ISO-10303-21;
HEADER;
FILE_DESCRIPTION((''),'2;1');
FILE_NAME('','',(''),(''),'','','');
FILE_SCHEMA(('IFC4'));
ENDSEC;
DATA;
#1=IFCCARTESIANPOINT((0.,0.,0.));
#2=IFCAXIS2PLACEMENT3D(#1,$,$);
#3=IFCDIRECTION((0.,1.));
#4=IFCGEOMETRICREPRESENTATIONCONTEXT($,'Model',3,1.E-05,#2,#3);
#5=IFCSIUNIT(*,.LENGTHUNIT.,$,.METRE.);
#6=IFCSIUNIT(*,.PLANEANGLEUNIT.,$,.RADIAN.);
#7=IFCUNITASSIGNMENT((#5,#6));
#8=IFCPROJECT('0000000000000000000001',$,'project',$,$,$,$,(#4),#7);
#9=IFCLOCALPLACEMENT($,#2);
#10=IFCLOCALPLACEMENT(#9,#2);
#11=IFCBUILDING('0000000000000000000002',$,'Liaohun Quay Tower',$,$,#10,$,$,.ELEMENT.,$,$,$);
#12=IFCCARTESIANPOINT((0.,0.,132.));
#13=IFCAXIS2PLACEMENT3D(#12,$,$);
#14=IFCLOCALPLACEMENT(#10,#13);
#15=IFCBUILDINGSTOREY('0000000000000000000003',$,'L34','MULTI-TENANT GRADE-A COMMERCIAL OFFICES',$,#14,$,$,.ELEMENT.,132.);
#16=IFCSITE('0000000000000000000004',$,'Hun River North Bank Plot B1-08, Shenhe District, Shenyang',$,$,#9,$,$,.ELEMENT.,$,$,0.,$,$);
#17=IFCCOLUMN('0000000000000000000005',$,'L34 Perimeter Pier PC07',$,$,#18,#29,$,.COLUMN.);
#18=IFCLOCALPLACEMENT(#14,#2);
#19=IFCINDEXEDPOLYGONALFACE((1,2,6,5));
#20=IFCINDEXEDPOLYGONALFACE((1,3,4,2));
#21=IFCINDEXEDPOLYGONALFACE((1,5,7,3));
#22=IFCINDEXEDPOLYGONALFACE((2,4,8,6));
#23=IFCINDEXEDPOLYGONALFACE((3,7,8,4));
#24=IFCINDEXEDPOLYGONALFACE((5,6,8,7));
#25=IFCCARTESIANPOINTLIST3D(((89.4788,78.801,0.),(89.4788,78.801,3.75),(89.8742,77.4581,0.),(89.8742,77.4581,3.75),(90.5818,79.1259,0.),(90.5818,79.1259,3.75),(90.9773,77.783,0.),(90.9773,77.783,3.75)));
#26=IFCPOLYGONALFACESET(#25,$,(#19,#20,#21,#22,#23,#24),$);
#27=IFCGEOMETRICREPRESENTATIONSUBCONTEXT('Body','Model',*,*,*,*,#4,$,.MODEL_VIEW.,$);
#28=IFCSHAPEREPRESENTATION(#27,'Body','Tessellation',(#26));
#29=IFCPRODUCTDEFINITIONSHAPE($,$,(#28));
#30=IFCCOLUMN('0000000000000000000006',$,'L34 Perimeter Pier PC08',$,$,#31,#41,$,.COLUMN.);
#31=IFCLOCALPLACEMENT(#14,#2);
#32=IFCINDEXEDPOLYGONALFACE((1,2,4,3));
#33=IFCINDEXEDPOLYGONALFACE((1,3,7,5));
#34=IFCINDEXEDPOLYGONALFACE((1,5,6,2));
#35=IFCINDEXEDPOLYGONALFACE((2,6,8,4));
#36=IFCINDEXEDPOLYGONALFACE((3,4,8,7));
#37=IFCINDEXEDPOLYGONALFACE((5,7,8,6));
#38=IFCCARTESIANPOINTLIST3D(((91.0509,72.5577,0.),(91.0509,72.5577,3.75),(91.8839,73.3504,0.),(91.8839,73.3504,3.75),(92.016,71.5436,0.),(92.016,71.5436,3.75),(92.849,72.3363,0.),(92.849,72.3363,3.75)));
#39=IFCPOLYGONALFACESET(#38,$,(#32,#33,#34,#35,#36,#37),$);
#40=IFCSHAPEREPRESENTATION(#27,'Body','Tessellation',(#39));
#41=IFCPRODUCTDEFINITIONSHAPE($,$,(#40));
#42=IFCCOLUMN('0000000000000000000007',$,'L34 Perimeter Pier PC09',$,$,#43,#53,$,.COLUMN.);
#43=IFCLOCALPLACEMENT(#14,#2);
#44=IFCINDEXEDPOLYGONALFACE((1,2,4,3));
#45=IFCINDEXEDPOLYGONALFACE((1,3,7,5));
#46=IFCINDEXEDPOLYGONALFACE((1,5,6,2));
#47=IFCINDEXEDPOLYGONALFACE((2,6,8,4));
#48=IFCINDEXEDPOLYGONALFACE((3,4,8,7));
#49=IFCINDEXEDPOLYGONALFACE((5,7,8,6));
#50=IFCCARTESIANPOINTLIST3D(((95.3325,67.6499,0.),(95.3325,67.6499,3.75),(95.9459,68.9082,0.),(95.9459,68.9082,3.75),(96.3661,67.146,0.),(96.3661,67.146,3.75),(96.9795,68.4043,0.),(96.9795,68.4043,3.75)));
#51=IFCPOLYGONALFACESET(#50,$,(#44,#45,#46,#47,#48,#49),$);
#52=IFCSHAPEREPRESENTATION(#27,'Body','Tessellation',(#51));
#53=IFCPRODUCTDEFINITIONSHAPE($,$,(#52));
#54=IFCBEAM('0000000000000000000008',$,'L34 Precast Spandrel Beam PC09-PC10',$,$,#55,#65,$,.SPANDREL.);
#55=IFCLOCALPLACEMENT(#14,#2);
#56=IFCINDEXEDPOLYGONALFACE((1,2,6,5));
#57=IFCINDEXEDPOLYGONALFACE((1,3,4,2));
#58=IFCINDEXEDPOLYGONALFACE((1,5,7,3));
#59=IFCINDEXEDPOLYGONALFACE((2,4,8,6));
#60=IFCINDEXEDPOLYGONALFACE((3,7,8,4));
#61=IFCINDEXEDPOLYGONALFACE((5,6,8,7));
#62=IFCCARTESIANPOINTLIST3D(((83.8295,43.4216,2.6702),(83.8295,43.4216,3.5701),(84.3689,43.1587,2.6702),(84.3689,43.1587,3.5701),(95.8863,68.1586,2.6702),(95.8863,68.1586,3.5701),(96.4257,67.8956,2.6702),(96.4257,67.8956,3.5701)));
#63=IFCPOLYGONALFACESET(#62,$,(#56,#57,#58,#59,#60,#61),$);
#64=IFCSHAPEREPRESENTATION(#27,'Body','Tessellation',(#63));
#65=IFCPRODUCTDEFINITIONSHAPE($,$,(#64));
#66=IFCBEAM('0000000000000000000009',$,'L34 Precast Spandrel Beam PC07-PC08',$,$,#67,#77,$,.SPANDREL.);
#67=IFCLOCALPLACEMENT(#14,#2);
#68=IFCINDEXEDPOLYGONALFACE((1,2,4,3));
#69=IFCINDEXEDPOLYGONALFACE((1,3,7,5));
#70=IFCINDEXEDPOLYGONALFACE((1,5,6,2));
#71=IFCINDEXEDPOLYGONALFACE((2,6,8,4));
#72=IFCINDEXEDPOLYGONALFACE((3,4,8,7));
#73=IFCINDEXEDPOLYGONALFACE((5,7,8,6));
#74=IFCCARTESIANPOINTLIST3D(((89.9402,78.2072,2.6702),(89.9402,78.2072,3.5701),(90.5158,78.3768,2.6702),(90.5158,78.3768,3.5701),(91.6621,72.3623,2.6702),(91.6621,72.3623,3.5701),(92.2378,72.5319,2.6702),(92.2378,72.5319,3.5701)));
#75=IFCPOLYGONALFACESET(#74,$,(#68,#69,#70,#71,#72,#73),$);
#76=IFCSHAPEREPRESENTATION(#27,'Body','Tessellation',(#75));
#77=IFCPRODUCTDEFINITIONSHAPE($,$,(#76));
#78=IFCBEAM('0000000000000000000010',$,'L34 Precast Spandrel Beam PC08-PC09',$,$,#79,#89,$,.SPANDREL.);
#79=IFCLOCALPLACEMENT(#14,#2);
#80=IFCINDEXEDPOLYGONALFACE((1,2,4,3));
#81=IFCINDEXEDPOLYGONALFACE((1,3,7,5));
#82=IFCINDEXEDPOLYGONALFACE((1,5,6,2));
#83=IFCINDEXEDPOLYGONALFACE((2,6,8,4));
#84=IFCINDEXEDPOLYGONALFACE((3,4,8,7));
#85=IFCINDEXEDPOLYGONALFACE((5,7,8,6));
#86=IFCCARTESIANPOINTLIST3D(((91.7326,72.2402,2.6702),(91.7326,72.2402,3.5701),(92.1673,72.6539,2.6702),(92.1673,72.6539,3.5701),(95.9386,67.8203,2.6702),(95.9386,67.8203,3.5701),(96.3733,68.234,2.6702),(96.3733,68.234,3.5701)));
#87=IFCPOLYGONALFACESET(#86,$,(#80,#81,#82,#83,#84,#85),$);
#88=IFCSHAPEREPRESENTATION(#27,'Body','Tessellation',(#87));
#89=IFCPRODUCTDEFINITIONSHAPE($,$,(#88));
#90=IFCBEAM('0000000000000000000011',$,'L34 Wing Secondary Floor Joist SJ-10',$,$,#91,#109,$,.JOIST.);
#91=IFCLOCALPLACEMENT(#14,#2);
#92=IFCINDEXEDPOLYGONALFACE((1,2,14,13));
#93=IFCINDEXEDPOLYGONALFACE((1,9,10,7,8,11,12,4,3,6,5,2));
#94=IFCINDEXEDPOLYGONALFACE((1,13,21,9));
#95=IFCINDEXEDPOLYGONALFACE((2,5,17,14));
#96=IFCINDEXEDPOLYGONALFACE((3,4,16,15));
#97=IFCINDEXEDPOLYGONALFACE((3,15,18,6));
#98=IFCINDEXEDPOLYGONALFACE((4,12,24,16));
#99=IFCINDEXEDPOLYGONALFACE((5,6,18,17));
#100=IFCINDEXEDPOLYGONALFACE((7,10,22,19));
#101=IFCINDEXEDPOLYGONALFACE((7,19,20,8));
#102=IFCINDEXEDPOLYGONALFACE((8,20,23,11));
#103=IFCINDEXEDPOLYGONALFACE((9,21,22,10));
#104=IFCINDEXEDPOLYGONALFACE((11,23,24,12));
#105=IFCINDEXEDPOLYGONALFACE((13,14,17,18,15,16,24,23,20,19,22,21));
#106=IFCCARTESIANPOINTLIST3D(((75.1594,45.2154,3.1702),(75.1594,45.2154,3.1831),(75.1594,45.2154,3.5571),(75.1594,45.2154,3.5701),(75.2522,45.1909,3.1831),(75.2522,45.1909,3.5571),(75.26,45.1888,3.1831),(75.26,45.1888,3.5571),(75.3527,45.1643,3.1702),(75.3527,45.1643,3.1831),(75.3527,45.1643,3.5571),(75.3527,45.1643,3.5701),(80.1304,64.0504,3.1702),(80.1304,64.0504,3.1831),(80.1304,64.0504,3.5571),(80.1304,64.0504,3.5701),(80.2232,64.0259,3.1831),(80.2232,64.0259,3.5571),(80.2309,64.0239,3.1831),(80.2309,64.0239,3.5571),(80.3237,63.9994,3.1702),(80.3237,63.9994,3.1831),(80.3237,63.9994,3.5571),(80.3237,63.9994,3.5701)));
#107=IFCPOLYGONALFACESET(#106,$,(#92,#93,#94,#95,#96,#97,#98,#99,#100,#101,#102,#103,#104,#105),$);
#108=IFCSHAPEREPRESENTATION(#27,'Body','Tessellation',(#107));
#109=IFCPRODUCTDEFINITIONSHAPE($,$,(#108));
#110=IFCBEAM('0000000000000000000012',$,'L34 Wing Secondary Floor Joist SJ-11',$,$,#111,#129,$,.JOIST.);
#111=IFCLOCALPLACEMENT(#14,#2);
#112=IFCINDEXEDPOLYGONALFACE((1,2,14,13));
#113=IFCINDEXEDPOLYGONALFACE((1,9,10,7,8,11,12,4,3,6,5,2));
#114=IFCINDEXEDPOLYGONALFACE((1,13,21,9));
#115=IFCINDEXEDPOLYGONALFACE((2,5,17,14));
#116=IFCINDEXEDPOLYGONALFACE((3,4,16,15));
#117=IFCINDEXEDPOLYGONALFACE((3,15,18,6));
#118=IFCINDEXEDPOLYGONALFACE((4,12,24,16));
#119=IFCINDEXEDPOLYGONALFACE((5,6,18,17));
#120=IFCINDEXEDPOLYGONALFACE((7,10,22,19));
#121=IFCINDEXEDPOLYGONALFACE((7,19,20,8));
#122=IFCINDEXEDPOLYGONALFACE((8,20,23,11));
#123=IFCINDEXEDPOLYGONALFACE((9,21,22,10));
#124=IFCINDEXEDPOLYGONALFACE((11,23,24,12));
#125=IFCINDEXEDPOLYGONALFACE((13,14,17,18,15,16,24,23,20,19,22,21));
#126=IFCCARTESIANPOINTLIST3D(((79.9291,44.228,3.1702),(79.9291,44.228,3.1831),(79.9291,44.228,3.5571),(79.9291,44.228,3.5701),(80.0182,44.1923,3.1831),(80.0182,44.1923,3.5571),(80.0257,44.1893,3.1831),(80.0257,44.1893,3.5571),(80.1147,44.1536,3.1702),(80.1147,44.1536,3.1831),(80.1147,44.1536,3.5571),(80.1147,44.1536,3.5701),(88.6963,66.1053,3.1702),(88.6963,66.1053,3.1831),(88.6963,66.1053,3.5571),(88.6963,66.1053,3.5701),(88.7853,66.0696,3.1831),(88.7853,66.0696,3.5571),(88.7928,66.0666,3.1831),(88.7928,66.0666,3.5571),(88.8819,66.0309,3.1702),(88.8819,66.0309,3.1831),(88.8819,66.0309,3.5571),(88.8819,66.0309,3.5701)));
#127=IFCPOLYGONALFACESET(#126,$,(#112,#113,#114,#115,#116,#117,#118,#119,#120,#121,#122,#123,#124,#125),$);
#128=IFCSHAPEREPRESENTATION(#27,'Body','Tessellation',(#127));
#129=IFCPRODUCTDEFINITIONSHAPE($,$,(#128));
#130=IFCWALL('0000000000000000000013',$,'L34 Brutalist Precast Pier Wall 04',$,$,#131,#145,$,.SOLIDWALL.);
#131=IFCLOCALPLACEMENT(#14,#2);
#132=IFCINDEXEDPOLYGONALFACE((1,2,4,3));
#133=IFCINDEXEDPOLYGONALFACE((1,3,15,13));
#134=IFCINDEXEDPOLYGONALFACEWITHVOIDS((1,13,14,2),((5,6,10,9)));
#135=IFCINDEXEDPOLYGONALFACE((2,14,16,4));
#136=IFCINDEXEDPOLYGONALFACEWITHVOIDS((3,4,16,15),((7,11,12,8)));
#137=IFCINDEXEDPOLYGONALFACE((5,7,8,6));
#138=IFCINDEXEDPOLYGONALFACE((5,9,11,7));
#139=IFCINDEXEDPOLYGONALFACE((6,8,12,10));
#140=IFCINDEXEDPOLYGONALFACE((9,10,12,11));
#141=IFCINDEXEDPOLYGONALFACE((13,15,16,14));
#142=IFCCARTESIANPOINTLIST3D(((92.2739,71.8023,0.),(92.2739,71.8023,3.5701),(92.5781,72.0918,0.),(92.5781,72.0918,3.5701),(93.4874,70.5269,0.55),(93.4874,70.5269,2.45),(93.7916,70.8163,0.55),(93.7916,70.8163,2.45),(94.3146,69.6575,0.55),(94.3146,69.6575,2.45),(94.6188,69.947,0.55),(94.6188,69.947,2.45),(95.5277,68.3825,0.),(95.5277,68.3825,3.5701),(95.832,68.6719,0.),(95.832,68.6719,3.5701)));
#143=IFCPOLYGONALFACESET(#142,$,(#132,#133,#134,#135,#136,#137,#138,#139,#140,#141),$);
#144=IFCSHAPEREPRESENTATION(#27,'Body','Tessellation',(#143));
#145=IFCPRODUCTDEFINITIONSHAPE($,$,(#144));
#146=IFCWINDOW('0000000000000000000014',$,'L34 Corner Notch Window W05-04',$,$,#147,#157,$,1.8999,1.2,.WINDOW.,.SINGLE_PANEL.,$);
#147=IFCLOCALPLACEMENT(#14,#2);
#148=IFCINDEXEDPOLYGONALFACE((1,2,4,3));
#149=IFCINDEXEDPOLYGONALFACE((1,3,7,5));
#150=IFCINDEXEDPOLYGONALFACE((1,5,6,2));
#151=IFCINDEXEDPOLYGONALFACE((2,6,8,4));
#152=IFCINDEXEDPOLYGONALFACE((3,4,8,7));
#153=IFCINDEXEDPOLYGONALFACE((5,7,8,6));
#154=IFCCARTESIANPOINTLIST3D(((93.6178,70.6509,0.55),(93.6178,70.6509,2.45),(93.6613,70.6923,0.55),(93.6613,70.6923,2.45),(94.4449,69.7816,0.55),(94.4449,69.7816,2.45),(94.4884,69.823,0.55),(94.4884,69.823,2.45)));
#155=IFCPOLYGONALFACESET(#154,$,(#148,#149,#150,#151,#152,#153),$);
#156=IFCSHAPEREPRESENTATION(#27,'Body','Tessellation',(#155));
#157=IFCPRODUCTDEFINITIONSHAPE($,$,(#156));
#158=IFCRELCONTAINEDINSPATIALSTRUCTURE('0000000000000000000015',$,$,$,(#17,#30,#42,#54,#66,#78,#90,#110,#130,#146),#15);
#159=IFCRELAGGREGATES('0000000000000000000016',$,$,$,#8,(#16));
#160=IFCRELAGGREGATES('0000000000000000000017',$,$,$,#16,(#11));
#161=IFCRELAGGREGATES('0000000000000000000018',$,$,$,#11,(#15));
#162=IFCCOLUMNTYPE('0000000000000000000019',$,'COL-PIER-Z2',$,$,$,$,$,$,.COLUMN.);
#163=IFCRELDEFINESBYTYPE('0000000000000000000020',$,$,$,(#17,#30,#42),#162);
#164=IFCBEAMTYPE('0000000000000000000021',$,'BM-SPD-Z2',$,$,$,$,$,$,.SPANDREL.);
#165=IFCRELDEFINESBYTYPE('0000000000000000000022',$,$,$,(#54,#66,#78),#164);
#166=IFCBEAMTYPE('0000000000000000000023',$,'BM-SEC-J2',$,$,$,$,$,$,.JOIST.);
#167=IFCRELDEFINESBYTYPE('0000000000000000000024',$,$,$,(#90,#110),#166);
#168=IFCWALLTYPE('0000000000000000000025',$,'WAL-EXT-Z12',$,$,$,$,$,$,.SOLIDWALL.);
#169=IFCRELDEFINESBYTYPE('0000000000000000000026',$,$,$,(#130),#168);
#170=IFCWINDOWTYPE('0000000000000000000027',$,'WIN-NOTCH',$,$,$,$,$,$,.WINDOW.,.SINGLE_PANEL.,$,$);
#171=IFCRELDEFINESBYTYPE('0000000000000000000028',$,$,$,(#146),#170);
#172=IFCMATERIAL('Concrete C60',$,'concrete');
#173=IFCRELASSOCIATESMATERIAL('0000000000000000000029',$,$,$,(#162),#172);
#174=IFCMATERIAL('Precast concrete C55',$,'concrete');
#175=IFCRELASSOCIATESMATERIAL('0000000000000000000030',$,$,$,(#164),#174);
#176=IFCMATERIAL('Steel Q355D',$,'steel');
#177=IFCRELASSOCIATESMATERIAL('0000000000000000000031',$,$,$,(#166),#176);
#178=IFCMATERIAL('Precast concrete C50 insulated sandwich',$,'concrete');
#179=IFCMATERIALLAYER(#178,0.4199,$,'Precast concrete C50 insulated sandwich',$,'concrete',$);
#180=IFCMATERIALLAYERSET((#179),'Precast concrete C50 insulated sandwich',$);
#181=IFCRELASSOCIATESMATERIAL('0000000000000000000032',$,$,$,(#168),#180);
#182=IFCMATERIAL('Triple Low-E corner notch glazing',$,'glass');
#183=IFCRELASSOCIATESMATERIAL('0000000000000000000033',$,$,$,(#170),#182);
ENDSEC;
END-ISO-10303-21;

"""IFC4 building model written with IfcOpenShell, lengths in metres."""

from ifc_helpers import new_model, si_unit, direction, frame, frame_2d, origin, origin_2d, place, context, subcontext, project, spatial, rectangle, i_section, extrude, source, transform, mapped, material, layer, layer_set, material_profile, profile_set, type_object, element, fill, save


model = new_model("IFC4")

# Units and contexts
model_context = context("Model", 3, precision=1e-05, world=origin(), true_north=direction((0.0, 1.0)))
body_context = subcontext(model_context, "Body", "Model", "MODEL_VIEW")
ifc_project = project(units=[si_unit("LENGTHUNIT", "METRE"), si_unit("PLANEANGLEUNIT", "RADIAN")], contexts=[model_context])

# Site, building, storey
site_placement = place(None, origin())
site = spatial("IfcSite", under=ifc_project, at=site_placement, Name="Hun River North Bank Plot B1-08, Shenhe District, Shenyang", CompositionType="ELEMENT", RefElevation=0.0)
building_placement = place(site_placement, origin())
building = spatial("IfcBuilding", under=site, at=building_placement, Name="Liaohun Quay Tower", CompositionType="ELEMENT")
storey_placement = place(building_placement, frame((0.0, 0.0, 132.0)))
storey = spatial("IfcBuildingStorey", under=building, at=storey_placement, Name="L34", Description="MULTI-TENANT GRADE-A COMMERCIAL OFFICES", CompositionType="ELEMENT", Elevation=132.0)

# Columns
ifc_material_1 = material(Name="Concrete C60", Category="concrete")
ifc_material_profile_1 = material_profile(ifc_material_1, rectangle(XDim=1.3999, YDim=1.1499, at=origin_2d()), Name="RC1400x1150")
ifc_profile_set_1 = profile_set([ifc_material_profile_1], Name="Concrete C60")
column_type = type_object("IfcColumnType", Name="COL-PIER-Z2", PredefinedType="COLUMN", material=ifc_profile_set_1)
shared_shape_1 = source(origin(), body_context, "Body", "SweptSolid", [
    extrude(rectangle(XDim=1.3999, YDim=1.1499, at=origin_2d()), origin(), (0.0, 0.0, 1.0), 3.75),
])
for number, where, z_axis, x_axis, name in (
    (1, (90.228, 78.292, 0.0), (0.0, 0.0, 1.0), (-0.282509, 0.959265, 0.0), "L34 Perimeter Pier PC07"),
    (2, (91.95, 72.447, 0.0), (0.0, 0.0, 1.0), (-0.689367, 0.724413, 0.0), "L34 Perimeter Pier PC08"),
    (3, (96.156, 68.0271, 0.0), (0.0, 0.0, 1.0), (0.438214, 0.898871, 0.0), "L34 Perimeter Pier PC09"),
):
    element("IfcColumn", number, at=place(storey_placement, frame(where, z_axis=z_axis, x_axis=x_axis)), inside=storey, type_object=column_type, Name=name, PredefinedType="COLUMN", context=body_context, shape_type="MappedRepresentation", body=[
        mapped(shared_shape_1, transform((0.0, 0.0, 0.0), x_axis=(1.0, 0.0, 0.0), y_axis=(0.0, 1.0, 0.0), z_axis=(0.0, 0.0, 1.0), scale=1.0)),
    ])

# Beams
ifc_material_2 = material(Name="Precast concrete C55", Category="concrete")
ifc_material_profile_2 = material_profile(ifc_material_2, rectangle(XDim=0.6001, YDim=0.8999, at=origin_2d()), Name="RC600x900")
ifc_profile_set_2 = profile_set([ifc_material_profile_2], Name="Precast concrete C55")
beam_type_1 = type_object("IfcBeamType", Name="BM-SPD-Z2", PredefinedType="SPANDREL", material=ifc_profile_set_2)
shared_shape_2 = source(origin(), body_context, "Body", "SweptSolid", [
    extrude(rectangle(XDim=0.6001, YDim=0.8999, at=origin_2d()), origin(), (0.0, 0.0, 1.0), 27.5188),
])
beam_1_placement = place(storey_placement, frame((96.156, 68.0271, 3.1201), z_axis=(-0.438131, -0.898911, 0.0), x_axis=(0.898911, -0.438131, 0.0)))
element("IfcBeam", 4, at=beam_1_placement, inside=storey, type_object=beam_type_1, Name="L34 Precast Spandrel Beam PC09-PC10", PredefinedType="SPANDREL", context=body_context, shape_type="MappedRepresentation", body=[
    mapped(shared_shape_2, transform((0.0, 0.0, 0.0), x_axis=(1.0, 0.0, 0.0), y_axis=(0.0, 1.0, 0.0), z_axis=(0.0, 0.0, 1.0), scale=1.0)),
])
shared_shape_3 = source(origin(), body_context, "Body", "SweptSolid", [
    extrude(rectangle(XDim=0.6001, YDim=0.8999, at=origin_2d()), origin(), (0.0, 0.0, 1.0), 6.0933),
])
beam_2_placement = place(storey_placement, frame((90.228, 78.292, 3.1201), z_axis=(0.282591, -0.95924, 0.0), x_axis=(0.95924, 0.282591, 0.0)))
element("IfcBeam", 5, at=beam_2_placement, inside=storey, type_object=beam_type_1, Name="L34 Precast Spandrel Beam PC07-PC08", PredefinedType="SPANDREL", context=body_context, shape_type="MappedRepresentation", body=[
    mapped(shared_shape_3, transform((0.0, 0.0, 0.0), x_axis=(1.0, 0.0, 0.0), y_axis=(0.0, 1.0, 0.0), z_axis=(0.0, 0.0, 1.0), scale=1.0)),
])
shared_shape_4 = source(origin(), body_context, "Body", "SweptSolid", [
    extrude(rectangle(XDim=0.6001, YDim=0.8999, at=origin_2d()), origin(), (0.0, 0.0, 1.0), 6.1013),
])
beam_3_placement = place(storey_placement, frame((91.95, 72.447, 3.1201), z_axis=(0.689363, -0.724416, 0.0), x_axis=(0.724416, 0.689363, 0.0)))
element("IfcBeam", 6, at=beam_3_placement, inside=storey, type_object=beam_type_1, Name="L34 Precast Spandrel Beam PC08-PC09", PredefinedType="SPANDREL", context=body_context, shape_type="MappedRepresentation", body=[
    mapped(shared_shape_4, transform((0.0, 0.0, 0.0), x_axis=(1.0, 0.0, 0.0), y_axis=(0.0, 1.0, 0.0), z_axis=(0.0, 0.0, 1.0), scale=1.0)),
])
ifc_material_3 = material(Name="Steel Q355D", Category="steel")
ifc_material_profile_3 = material_profile(ifc_material_3, i_section(OverallWidth=0.2, OverallDepth=0.3999, WebThickness=0.0081, FlangeThickness=0.0129, at=origin_2d()), Name="HN400x200x8x13")
ifc_profile_set_3 = profile_set([ifc_material_profile_3], Name="Steel Q355D")
beam_type_2 = type_object("IfcBeamType", Name="BM-SEC-J2", PredefinedType="JOIST", material=ifc_profile_set_3)
shared_shape_5 = source(origin(), body_context, "Body", "SweptSolid", [
    extrude(i_section(OverallWidth=0.2, OverallDepth=0.3999, WebThickness=0.0081, FlangeThickness=0.0129, at=origin_2d()), origin(), (0.0, 0.0, 1.0), 19.48),
])
beam_4_placement = place(storey_placement, frame((80.2271, 64.0249, 3.3701), z_axis=(-0.255184, -0.966893, 0.0), x_axis=(0.966893, -0.255184, 0.0)))
element("IfcBeam", 7, at=beam_4_placement, inside=storey, type_object=beam_type_2, Name="L34 Wing Secondary Floor Joist SJ-10", PredefinedType="JOIST", context=body_context, shape_type="MappedRepresentation", body=[
    mapped(shared_shape_5, transform((0.0, 0.0, 0.0), x_axis=(1.0, 0.0, 0.0), y_axis=(0.0, 1.0, 0.0), z_axis=(0.0, 0.0, 1.0), scale=1.0)),
])
shared_shape_6 = source(origin(), body_context, "Body", "SweptSolid", [
    extrude(i_section(OverallWidth=0.2, OverallDepth=0.3999, WebThickness=0.0081, FlangeThickness=0.0129, at=origin_2d()), origin(), (0.0, 0.0, 1.0), 23.5686),
])
beam_5_placement = place(storey_placement, frame((88.7891, 66.0681, 3.3701), z_axis=(-0.371984, -0.928239, 0.0), x_axis=(0.928239, -0.371984, 0.0)))
element("IfcBeam", 8, at=beam_5_placement, inside=storey, type_object=beam_type_2, Name="L34 Wing Secondary Floor Joist SJ-11", PredefinedType="JOIST", context=body_context, shape_type="MappedRepresentation", body=[
    mapped(shared_shape_6, transform((0.0, 0.0, 0.0), x_axis=(1.0, 0.0, 0.0), y_axis=(0.0, 1.0, 0.0), z_axis=(0.0, 0.0, 1.0), scale=1.0)),
])

# Wall, opening, window
ifc_material_4 = material(Name="Precast concrete C50 insulated sandwich", Category="concrete")
ifc_layer_1 = layer(ifc_material_4, 0.4199, Name="Precast concrete C50 insulated sandwich", Category="concrete")
ifc_layer_set_1 = layer_set([ifc_layer_1], Name="Precast concrete C50 insulated sandwich")
wall_type_1 = type_object("IfcWallType", Name="WAL-EXT-Z12", PredefinedType="SOLIDWALL", material=ifc_layer_set_1)
wall_1_placement = place(storey_placement, frame((95.6799, 68.5271, 0.0), z_axis=(0.0, 0.0, 1.0), x_axis=(-0.689304, 0.724472, 0.0)))
wall_1 = element("IfcWall", 9, at=wall_1_placement, inside=storey, type_object=wall_type_1, Name="L34 Brutalist Precast Pier Wall 04", PredefinedType="SOLIDWALL", context=body_context, shape_type="SweptSolid", body=[
    extrude(rectangle(XDim=4.7205, YDim=0.4199, at=frame_2d((2.3604, 0.0))), origin(), (0.0, 0.0, 1.0), 3.5701),
])
shared_shape_7 = source(origin(), body_context, "Body", "SweptSolid", [
    extrude(rectangle(XDim=1.2, YDim=1.8999, at=frame_2d((0.6001, 0.95))), frame((0.0, 0.22, 0.0), z_axis=(0.0, -1.0, 0.0), x_axis=(1.0, 0.0, 0.0)), (0.0, 0.0, 1.0), 0.4399),
])
opening_1_placement = place(wall_1_placement, frame((1.76, 0.0, 0.55)))
opening_1 = element("IfcOpeningElement", 10, at=opening_1_placement, cuts=wall_1, PredefinedType="OPENING", context=body_context, shape_type="MappedRepresentation", body=[
    mapped(shared_shape_7, transform((0.0, 0.0, 0.0), x_axis=(1.0, 0.0, 0.0), y_axis=(0.0, 1.0, 0.0), z_axis=(0.0, 0.0, 1.0), scale=1.0)),
])
ifc_material_5 = material(Name="Triple Low-E corner notch glazing", Category="glass")
window_type_1 = type_object("IfcWindowType", Name="WIN-NOTCH", PartitioningType="SINGLE_PANEL", PredefinedType="WINDOW", material=ifc_material_5)
shared_shape_8 = source(origin(), body_context, "Body", "SweptSolid", [
    extrude(rectangle(XDim=1.2, YDim=1.8999, at=frame_2d((0.6001, 0.95))), frame((0.0, 0.03, 0.0), z_axis=(0.0, -1.0, 0.0), x_axis=(1.0, 0.0, 0.0)), (0.0, 0.0, 1.0), 0.0601),
])
window_1_placement = place(opening_1_placement, origin())
window_1 = element("IfcWindow", 11, at=window_1_placement, inside=storey, type_object=window_type_1, Name="L34 Corner Notch Window W05-04", OverallHeight=1.8999, OverallWidth=1.2, PartitioningType="SINGLE_PANEL", PredefinedType="WINDOW", context=body_context, shape_type="MappedRepresentation", body=[
    mapped(shared_shape_8, transform((0.0, 0.0, 0.0), x_axis=(1.0, 0.0, 0.0), y_axis=(0.0, 1.0, 0.0), z_axis=(0.0, 0.0, 1.0), scale=1.0)),
])
fill(opening_1, window_1)

save(model, "model.ifc")
